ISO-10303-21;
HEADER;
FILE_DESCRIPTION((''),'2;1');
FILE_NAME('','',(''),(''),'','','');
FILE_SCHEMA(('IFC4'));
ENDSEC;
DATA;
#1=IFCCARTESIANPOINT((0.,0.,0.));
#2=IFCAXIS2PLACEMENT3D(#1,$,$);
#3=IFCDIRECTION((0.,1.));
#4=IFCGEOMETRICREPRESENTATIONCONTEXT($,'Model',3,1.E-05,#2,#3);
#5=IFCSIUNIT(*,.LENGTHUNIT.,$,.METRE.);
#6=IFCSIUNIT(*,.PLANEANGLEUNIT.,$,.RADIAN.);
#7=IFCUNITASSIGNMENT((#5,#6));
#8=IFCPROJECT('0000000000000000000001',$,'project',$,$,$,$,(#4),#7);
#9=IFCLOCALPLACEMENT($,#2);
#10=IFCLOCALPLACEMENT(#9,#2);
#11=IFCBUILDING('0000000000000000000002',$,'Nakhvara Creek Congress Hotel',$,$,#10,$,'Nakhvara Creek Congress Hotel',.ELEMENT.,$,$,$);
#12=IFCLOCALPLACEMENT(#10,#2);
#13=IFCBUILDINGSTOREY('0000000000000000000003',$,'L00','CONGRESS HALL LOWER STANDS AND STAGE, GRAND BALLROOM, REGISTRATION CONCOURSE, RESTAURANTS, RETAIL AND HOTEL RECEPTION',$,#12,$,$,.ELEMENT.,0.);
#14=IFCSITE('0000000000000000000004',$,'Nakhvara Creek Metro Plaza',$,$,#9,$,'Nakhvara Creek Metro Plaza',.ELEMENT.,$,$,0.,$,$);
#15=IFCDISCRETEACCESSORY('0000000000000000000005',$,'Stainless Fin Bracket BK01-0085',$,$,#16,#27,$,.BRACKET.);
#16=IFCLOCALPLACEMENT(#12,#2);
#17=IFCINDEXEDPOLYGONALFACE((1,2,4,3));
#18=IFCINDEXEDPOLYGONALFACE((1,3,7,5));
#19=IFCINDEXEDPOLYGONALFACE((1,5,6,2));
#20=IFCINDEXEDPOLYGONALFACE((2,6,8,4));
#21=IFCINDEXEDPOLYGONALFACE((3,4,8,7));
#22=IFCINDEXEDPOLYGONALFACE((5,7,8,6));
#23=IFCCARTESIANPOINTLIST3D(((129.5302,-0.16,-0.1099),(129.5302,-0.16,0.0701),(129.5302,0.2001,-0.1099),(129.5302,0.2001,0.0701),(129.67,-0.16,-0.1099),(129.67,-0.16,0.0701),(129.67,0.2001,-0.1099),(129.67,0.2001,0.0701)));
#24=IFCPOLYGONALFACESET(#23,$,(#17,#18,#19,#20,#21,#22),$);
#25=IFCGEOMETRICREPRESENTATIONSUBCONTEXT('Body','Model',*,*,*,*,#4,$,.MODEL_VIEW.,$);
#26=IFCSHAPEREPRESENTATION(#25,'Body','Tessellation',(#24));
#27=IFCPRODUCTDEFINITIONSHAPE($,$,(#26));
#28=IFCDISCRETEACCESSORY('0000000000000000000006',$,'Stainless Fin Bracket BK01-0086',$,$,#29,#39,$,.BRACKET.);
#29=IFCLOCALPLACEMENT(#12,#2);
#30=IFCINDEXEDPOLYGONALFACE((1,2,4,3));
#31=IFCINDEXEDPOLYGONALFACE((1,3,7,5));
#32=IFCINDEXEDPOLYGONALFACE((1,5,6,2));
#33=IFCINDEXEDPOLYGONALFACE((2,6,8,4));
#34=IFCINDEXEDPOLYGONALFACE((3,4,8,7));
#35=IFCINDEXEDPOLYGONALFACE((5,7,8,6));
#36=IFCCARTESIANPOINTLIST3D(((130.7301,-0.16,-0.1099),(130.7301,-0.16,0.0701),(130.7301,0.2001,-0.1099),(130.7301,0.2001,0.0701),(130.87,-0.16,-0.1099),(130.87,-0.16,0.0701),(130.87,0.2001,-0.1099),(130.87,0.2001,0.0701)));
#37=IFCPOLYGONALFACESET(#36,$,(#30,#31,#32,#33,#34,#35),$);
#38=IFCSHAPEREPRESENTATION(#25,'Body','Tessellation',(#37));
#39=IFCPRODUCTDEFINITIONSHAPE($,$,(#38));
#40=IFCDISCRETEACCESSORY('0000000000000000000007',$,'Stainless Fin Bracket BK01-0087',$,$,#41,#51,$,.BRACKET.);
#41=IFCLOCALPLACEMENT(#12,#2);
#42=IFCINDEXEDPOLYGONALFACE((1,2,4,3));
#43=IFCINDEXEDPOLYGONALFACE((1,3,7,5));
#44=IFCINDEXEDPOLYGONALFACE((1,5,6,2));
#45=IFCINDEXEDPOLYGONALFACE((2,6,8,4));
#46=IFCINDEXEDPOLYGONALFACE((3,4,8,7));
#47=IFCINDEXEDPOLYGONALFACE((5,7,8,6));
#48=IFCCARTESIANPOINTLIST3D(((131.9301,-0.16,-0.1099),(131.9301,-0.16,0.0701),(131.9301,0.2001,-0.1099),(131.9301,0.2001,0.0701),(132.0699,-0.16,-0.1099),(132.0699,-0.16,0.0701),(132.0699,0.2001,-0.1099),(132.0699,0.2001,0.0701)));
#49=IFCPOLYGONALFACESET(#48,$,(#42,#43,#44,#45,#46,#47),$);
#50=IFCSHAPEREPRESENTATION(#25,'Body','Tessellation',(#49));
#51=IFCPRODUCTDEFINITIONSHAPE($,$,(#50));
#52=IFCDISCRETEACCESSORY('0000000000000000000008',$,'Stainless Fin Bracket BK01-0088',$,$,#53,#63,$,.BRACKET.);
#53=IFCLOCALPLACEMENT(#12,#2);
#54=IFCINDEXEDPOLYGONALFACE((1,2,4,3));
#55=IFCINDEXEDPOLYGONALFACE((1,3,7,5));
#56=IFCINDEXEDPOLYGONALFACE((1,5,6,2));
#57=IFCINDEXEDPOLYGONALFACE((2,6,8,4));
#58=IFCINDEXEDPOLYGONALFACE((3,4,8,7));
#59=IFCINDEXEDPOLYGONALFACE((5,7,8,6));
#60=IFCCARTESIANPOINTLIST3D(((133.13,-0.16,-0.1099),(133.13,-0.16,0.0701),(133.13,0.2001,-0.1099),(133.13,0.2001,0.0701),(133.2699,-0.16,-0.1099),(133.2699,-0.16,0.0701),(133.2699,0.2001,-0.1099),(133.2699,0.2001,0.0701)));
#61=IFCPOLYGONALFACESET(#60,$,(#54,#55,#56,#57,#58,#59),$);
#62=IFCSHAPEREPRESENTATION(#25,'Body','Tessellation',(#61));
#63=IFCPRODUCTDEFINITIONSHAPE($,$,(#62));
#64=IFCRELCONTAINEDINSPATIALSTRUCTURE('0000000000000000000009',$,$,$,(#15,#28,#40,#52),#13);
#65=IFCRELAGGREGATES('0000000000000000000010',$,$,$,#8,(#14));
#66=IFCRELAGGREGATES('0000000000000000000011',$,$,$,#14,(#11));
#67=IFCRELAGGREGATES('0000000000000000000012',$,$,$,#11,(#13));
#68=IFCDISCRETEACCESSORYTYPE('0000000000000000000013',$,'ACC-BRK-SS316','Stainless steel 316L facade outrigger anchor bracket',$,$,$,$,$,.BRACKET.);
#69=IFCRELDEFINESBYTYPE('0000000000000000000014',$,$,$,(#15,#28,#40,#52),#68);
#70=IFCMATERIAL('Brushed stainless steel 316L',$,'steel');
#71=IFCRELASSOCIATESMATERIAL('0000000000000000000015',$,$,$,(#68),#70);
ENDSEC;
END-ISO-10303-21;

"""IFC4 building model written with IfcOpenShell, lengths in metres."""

from ifc_helpers import new_model, si_unit, direction, frame, origin, origin_2d, place, context, subcontext, project, spatial, rectangle, extrude, material, type_object, element, save


model = new_model("IFC4")

# Units and contexts
model_context = context("Model", 3, precision=1e-05, world=origin(), true_north=direction((0.0, 1.0)))
body_context = subcontext(model_context, "Body", "Model", "MODEL_VIEW")
ifc_project = project(units=[si_unit("LENGTHUNIT", "METRE"), si_unit("PLANEANGLEUNIT", "RADIAN")], contexts=[model_context])

# Site, building, storey
site_placement = place(None, origin())
site = spatial("IfcSite", under=ifc_project, at=site_placement, Name="Nakhvara Creek Metro Plaza", LongName="Nakhvara Creek Metro Plaza", CompositionType="ELEMENT", RefElevation=0.0)
building_placement = place(site_placement, origin())
building = spatial("IfcBuilding", under=site, at=building_placement, Name="Nakhvara Creek Congress Hotel", LongName="Nakhvara Creek Congress Hotel", CompositionType="ELEMENT")
storey_placement = place(building_placement, origin())
storey = spatial("IfcBuildingStorey", under=building, at=storey_placement, Name="L00", Description="CONGRESS HALL LOWER STANDS AND STAGE, GRAND BALLROOM, REGISTRATION CONCOURSE, RESTAURANTS, RETAIL AND HOTEL RECEPTION", CompositionType="ELEMENT", Elevation=0.0)

# Discrete accessories
ifc_material_1 = material(Name="Brushed stainless steel 316L", Category="steel")
discrete_accessory_type = type_object("IfcDiscreteAccessoryType", Name="ACC-BRK-SS316", Description="Stainless steel 316L facade outrigger anchor bracket", PredefinedType="BRACKET", material=ifc_material_1)
for number, where, z_axis, x_axis, name in (
    (1, (129.6001, 0.02, -0.1099), (0.0, 0.0, 1.0), (1.0, 0.0, 0.0), "Stainless Fin Bracket BK01-0085"),
    (2, (130.8, 0.02, -0.1099), (0.0, 0.0, 1.0), (1.0, 0.0, 0.0), "Stainless Fin Bracket BK01-0086"),
    (3, (132.0, 0.02, -0.1099), (0.0, 0.0, 1.0), (1.0, 0.0, 0.0), "Stainless Fin Bracket BK01-0087"),
    (4, (133.2, 0.02, -0.1099), (0.0, 0.0, 1.0), (1.0, 0.0, 0.0), "Stainless Fin Bracket BK01-0088"),
):
    element("IfcDiscreteAccessory", number, at=place(storey_placement, frame(where, z_axis=z_axis, x_axis=x_axis)), inside=storey, type_object=discrete_accessory_type, Name=name, PredefinedType="BRACKET", context=body_context, shape_type="SweptSolid", body=[
        extrude(rectangle(XDim=0.1399, YDim=0.3601, at=origin_2d()), origin(), (0.0, 0.0, 1.0), 0.1799),
    ])

save(model, "model.ifc")
